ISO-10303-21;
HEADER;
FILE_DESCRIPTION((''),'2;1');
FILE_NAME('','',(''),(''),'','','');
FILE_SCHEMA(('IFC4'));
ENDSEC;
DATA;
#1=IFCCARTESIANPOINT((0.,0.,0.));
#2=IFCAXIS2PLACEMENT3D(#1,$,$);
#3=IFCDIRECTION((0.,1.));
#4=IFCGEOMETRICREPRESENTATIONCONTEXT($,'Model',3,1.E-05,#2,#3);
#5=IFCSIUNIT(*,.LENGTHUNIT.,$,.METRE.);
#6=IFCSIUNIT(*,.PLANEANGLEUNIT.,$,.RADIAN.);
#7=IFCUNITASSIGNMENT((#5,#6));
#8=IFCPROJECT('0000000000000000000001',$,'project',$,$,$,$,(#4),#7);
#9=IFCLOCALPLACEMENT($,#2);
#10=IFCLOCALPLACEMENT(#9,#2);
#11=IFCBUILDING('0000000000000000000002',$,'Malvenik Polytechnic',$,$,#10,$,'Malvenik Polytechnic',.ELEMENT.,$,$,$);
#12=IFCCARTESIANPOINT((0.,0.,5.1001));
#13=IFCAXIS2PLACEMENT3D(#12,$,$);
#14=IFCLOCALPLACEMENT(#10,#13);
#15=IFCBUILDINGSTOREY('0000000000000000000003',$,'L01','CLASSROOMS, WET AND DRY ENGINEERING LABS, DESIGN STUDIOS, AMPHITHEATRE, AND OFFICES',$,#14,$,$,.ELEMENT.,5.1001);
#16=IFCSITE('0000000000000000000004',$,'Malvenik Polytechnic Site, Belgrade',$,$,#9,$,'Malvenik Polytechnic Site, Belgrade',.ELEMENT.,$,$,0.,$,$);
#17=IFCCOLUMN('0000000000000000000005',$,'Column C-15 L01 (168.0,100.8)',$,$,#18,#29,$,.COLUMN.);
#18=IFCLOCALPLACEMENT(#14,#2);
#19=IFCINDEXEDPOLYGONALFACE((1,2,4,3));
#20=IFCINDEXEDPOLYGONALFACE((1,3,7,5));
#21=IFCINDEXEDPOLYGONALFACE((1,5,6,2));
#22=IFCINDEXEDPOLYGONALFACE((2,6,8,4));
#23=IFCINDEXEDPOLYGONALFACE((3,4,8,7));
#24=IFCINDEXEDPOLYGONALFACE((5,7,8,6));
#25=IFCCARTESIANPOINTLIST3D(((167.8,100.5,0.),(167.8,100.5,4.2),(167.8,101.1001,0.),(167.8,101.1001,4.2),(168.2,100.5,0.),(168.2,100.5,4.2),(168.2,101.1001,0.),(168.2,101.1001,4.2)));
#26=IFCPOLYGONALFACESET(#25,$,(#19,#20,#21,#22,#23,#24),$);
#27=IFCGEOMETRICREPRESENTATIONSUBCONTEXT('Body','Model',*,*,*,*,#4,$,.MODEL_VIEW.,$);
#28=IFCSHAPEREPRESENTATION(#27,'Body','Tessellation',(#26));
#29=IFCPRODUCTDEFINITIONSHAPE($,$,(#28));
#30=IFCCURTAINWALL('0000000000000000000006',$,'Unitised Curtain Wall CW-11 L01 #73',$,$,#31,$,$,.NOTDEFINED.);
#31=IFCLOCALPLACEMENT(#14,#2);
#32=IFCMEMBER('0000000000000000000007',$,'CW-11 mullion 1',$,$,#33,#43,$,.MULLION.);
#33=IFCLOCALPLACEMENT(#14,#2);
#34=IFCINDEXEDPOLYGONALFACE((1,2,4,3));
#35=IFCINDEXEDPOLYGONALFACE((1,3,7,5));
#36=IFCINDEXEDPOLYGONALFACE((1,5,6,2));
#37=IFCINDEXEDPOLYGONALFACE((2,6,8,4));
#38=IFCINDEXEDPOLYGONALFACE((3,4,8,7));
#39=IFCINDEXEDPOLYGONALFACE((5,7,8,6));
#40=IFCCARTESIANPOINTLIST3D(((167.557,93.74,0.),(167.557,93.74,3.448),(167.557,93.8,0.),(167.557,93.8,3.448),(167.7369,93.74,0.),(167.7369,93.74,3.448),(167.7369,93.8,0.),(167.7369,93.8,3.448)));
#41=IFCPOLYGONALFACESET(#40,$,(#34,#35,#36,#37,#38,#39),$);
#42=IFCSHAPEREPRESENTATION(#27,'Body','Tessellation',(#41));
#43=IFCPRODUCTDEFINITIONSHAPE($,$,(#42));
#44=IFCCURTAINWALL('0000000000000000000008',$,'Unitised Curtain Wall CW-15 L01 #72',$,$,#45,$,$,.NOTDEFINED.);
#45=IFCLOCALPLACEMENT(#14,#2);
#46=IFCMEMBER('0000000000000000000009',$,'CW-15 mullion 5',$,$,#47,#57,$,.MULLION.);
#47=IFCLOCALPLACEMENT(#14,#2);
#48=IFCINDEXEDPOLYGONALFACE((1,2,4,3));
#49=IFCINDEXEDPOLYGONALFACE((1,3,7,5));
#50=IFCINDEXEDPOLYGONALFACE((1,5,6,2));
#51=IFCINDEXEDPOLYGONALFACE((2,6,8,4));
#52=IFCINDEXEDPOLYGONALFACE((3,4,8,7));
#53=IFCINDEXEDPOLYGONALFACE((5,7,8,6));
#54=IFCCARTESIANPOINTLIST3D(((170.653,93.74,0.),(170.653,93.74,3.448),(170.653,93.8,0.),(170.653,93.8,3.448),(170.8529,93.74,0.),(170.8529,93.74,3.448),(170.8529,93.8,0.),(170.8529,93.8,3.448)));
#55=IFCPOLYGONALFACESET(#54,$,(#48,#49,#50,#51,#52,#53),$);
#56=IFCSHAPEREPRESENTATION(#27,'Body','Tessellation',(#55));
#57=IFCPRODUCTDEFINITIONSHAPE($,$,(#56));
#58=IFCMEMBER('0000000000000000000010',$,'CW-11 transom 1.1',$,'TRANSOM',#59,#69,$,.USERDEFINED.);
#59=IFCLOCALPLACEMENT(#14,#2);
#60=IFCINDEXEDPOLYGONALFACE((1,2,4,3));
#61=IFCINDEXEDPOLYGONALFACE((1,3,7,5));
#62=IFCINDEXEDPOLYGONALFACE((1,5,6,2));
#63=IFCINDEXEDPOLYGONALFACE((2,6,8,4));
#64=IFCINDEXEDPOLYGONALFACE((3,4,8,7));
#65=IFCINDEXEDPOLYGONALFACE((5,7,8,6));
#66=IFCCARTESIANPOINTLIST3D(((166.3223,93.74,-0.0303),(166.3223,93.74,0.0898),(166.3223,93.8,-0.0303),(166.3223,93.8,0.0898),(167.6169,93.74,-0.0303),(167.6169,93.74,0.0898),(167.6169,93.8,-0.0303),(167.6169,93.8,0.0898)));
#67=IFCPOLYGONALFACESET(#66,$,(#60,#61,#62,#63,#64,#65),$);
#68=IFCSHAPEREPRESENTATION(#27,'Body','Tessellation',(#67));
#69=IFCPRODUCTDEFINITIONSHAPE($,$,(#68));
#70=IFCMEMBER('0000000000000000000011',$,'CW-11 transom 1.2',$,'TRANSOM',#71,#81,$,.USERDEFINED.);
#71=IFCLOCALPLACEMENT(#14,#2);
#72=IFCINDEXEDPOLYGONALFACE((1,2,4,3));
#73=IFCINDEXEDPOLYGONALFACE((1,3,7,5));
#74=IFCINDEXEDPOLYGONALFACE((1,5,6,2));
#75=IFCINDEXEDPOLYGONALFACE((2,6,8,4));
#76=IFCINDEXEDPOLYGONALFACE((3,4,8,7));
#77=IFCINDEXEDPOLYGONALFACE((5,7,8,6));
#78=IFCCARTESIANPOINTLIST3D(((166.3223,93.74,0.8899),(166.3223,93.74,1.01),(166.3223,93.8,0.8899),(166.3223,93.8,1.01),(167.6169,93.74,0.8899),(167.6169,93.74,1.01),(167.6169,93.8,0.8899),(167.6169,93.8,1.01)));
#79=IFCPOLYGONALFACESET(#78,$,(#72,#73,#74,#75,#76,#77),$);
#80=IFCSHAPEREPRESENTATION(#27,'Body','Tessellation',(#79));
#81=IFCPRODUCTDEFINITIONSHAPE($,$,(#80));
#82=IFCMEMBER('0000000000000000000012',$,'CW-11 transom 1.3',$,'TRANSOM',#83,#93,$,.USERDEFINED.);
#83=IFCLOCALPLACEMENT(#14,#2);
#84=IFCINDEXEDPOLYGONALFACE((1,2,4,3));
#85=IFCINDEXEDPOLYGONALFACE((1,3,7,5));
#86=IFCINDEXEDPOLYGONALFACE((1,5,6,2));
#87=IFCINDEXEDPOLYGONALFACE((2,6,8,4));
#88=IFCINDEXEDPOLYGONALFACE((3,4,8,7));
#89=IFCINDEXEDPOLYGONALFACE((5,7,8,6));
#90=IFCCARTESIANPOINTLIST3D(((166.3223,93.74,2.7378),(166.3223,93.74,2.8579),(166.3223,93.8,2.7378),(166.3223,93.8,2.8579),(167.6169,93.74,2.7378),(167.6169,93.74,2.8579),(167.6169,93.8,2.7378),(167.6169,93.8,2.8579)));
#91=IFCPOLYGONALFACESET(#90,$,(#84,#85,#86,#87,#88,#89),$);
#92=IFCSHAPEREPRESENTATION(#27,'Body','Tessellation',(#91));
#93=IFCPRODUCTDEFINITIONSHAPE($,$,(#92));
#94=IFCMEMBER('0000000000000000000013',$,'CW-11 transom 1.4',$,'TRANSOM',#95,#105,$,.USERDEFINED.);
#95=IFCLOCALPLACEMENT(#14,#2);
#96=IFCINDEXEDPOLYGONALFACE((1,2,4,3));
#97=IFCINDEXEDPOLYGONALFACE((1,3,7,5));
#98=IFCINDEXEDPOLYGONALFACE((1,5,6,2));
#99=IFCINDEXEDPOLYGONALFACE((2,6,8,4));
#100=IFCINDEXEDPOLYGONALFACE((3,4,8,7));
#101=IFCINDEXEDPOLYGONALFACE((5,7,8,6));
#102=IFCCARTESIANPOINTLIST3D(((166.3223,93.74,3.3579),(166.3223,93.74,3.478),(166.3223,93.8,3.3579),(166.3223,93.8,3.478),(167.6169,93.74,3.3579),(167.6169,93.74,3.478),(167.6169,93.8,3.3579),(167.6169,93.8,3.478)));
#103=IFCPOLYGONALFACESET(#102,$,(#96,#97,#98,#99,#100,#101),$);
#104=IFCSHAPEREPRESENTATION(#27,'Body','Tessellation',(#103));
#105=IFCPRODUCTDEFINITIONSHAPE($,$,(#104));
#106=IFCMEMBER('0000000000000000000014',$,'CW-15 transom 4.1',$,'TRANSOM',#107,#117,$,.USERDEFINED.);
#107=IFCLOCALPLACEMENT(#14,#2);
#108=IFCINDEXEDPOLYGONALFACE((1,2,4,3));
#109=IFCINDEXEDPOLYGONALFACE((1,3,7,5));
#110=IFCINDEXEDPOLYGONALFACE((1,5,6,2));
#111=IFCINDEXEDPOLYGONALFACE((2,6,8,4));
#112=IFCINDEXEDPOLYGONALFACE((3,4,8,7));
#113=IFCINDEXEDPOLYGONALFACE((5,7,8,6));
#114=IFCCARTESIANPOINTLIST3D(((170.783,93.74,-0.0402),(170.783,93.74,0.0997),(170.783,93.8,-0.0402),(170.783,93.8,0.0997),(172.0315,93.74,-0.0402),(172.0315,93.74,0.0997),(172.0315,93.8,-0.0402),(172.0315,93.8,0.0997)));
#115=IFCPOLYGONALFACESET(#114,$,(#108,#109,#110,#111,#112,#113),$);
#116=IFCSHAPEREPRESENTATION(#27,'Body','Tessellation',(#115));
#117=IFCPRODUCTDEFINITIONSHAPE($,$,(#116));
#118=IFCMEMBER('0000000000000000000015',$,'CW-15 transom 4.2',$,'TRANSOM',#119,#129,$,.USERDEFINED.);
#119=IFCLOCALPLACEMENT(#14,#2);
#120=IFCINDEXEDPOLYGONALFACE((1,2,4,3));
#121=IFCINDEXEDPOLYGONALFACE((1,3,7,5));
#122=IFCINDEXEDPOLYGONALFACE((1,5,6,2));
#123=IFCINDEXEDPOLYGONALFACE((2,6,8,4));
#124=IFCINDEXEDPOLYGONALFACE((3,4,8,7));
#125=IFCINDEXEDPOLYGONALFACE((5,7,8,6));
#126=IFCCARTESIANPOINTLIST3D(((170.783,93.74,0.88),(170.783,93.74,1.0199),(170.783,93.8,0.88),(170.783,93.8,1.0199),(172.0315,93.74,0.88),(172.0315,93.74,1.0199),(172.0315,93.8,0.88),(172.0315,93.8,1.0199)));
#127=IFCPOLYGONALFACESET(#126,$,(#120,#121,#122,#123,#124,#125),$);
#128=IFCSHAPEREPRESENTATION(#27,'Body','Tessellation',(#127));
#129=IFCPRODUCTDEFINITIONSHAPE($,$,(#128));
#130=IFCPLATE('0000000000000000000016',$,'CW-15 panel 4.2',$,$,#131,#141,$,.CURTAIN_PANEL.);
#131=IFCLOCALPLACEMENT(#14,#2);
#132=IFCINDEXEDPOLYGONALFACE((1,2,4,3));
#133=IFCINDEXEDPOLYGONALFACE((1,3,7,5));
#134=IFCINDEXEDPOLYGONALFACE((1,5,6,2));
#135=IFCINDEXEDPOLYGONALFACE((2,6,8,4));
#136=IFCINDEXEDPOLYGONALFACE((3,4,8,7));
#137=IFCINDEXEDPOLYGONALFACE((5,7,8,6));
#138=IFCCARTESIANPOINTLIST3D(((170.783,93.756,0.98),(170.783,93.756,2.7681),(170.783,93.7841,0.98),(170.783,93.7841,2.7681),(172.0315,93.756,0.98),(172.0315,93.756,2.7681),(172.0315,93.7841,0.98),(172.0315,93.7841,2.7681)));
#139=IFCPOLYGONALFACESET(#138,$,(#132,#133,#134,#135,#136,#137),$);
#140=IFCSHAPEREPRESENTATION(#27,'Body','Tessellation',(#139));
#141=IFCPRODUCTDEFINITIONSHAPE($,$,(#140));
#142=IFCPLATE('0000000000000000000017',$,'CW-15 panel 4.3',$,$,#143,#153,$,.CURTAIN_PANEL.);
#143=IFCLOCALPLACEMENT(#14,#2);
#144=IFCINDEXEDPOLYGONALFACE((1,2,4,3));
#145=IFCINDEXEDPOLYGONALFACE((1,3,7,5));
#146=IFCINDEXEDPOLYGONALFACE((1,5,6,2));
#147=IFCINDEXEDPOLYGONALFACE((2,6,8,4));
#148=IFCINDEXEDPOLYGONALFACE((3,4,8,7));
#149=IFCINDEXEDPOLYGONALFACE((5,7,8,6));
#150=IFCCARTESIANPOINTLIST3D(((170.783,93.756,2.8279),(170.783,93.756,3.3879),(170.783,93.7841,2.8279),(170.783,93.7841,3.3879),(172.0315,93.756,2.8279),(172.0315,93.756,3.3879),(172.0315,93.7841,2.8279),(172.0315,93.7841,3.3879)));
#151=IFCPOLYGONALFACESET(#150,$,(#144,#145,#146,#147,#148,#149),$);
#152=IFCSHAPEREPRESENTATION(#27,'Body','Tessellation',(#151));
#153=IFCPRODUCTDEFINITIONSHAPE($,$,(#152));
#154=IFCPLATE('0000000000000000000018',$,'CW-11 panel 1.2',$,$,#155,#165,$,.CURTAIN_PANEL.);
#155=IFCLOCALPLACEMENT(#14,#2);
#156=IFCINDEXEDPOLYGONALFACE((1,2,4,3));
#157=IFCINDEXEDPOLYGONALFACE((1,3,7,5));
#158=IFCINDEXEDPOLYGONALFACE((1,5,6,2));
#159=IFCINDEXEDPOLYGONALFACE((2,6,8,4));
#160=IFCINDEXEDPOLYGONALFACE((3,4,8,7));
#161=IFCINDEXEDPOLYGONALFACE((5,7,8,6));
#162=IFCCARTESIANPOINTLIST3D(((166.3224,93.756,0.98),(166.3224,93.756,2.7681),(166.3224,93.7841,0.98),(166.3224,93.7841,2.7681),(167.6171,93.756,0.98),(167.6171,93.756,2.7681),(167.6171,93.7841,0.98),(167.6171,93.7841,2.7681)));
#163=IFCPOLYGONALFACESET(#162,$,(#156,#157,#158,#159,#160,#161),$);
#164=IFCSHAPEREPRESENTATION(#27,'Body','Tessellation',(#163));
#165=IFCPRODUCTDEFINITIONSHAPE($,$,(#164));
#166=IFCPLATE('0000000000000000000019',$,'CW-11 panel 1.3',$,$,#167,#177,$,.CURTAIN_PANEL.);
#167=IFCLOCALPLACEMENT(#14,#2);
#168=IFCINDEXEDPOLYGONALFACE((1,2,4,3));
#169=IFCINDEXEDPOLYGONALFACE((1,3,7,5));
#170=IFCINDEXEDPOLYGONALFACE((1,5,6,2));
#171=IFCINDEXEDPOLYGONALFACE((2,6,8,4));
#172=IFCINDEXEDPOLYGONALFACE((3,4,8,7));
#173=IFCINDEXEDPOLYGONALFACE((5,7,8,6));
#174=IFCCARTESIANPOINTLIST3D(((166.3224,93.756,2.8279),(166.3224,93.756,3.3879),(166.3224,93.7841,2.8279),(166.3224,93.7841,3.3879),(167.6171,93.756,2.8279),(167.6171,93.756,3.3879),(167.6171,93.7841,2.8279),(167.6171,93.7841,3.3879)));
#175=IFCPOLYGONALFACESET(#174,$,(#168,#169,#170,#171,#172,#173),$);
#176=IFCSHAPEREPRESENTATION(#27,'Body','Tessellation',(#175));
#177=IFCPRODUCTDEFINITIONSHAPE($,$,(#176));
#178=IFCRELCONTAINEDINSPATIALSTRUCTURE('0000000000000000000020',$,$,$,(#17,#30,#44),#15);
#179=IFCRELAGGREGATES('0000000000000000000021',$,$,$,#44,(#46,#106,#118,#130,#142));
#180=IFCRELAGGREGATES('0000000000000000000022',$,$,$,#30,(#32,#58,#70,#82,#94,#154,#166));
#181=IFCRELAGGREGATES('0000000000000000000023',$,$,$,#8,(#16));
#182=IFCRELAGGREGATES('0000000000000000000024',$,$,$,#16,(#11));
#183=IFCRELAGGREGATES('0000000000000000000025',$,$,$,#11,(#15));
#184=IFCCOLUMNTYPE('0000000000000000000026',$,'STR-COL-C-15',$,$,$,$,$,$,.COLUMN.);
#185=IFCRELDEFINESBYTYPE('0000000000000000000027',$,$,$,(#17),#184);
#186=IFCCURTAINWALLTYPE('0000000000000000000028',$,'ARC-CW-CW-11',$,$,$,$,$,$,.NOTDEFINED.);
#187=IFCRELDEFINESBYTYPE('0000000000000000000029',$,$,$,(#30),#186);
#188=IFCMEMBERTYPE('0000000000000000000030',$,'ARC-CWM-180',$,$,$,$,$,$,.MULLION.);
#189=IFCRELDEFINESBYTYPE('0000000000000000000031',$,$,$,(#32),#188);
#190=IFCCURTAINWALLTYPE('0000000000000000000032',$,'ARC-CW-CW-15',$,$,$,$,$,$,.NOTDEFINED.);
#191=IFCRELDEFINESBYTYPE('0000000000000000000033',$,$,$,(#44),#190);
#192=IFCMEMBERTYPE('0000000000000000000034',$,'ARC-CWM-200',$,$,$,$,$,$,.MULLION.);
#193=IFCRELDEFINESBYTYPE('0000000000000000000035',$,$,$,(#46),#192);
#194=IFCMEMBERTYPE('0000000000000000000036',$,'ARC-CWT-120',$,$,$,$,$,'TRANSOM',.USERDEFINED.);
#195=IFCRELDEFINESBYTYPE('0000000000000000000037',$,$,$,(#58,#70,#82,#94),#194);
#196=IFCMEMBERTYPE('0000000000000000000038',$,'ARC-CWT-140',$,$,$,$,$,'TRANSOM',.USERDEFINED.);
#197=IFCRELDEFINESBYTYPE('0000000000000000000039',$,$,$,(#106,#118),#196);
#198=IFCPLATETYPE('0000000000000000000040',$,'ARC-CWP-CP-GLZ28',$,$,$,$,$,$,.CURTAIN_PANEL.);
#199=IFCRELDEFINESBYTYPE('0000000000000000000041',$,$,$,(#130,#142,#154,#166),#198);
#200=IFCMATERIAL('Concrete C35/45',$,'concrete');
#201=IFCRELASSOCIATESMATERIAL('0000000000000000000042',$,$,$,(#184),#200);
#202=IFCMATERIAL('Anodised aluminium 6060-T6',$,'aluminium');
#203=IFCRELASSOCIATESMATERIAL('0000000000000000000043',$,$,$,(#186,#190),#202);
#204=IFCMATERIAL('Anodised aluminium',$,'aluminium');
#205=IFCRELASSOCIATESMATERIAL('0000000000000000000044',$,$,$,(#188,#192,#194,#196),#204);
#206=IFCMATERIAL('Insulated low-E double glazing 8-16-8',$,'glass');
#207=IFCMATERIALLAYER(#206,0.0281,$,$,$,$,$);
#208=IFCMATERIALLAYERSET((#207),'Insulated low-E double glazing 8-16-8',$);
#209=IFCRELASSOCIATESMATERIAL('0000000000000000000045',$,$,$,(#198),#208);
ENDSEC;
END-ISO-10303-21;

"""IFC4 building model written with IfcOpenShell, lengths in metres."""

from ifc_helpers import new_model, si_unit, direction, frame, origin, origin_2d, place, context, subcontext, project, spatial, rectangle, extrude, material, layer, layer_set, material_profile, profile_set, type_object, element, aggregate, save


model = new_model("IFC4")

# Units and contexts
model_context = context("Model", 3, precision=1e-05, world=origin(), true_north=direction((0.0, 1.0)))
body_context = subcontext(model_context, "Body", "Model", "MODEL_VIEW")
ifc_project = project(units=[si_unit("LENGTHUNIT", "METRE"), si_unit("PLANEANGLEUNIT", "RADIAN")], contexts=[model_context])

# Site, building, storey
site_placement = place(None, origin())
site = spatial("IfcSite", under=ifc_project, at=site_placement, Name="Malvenik Polytechnic Site, Belgrade", LongName="Malvenik Polytechnic Site, Belgrade", CompositionType="ELEMENT", RefElevation=0.0)
building_placement = place(site_placement, origin())
building = spatial("IfcBuilding", under=site, at=building_placement, Name="Malvenik Polytechnic", LongName="Malvenik Polytechnic", CompositionType="ELEMENT")
storey_placement = place(building_placement, frame((0.0, 0.0, 5.1001)))
storey = spatial("IfcBuildingStorey", under=building, at=storey_placement, Name="L01", Description="CLASSROOMS, WET AND DRY ENGINEERING LABS, DESIGN STUDIOS, AMPHITHEATRE, AND OFFICES", CompositionType="ELEMENT", Elevation=5.1001)

# Column
ifc_material_1 = material(Name="Concrete C35/45", Category="concrete")
ifc_material_profile_1 = material_profile(ifc_material_1, rectangle(XDim=0.3999, YDim=0.6001, at=origin_2d()), Name="RC COL 600x400")
ifc_profile_set_1 = profile_set([ifc_material_profile_1], Name="Concrete C35/45")
column_type = type_object("IfcColumnType", Name="STR-COL-C-15", PredefinedType="COLUMN", material=ifc_profile_set_1)
column_placement = place(storey_placement, frame((168.0, 100.8, 0.0), z_axis=(0.0, 0.0, 1.0), x_axis=(1.0, 0.0, 0.0)))
element("IfcColumn", 1, at=column_placement, inside=storey, type_object=column_type, Name="Column C-15 L01 (168.0,100.8)", PredefinedType="COLUMN", context=body_context, shape_type="SweptSolid", body=[
    extrude(rectangle(XDim=0.3999, YDim=0.6001, at=origin_2d()), origin(), (0.0, 0.0, 1.0), 4.2),
])

# Curtain walls, members
ifc_material_2 = material(Name="Anodised aluminium 6060-T6", Category="aluminium")
curtain_wall_type_1 = type_object("IfcCurtainWallType", Name="ARC-CW-CW-11", PredefinedType="NOTDEFINED", material=ifc_material_2)
curtain_wall_1_placement = place(storey_placement, origin())
curtain_wall_1 = element("IfcCurtainWall", 2, at=curtain_wall_1_placement, inside=storey, type_object=curtain_wall_type_1, Name="Unitised Curtain Wall CW-11 L01 #73", PredefinedType="NOTDEFINED")
ifc_material_3 = material(Name="Anodised aluminium", Category="aluminium")
ifc_material_profile_2 = material_profile(ifc_material_3, rectangle(XDim=0.0601, YDim=0.1799, at=origin_2d()), Name="ALU MULLION 60x180")
ifc_profile_set_2 = profile_set([ifc_material_profile_2], Name="Anodised aluminium")
member_type_1 = type_object("IfcMemberType", Name="ARC-CWM-180", PredefinedType="MULLION", material=ifc_profile_set_2)
member_1_placement = place(storey_placement, frame((167.647, 93.77, 0.0), z_axis=(0.0, 0.0, 1.0), x_axis=(0.0, -1.0, 0.0)))
member_1 = element("IfcMember", 3, at=member_1_placement, type_object=member_type_1, Name="CW-11 mullion 1", PredefinedType="MULLION", context=body_context, shape_type="SweptSolid", body=[
    extrude(rectangle(XDim=0.0601, YDim=0.1799, at=origin_2d()), origin(), (0.0, 0.0, 1.0), 3.448),
])
curtain_wall_type_2 = type_object("IfcCurtainWallType", Name="ARC-CW-CW-15", PredefinedType="NOTDEFINED", material=ifc_material_2)
curtain_wall_2_placement = place(storey_placement, origin())
curtain_wall_2 = element("IfcCurtainWall", 4, at=curtain_wall_2_placement, inside=storey, type_object=curtain_wall_type_2, Name="Unitised Curtain Wall CW-15 L01 #72", PredefinedType="NOTDEFINED")
ifc_material_profile_3 = material_profile(ifc_material_3, rectangle(XDim=0.0601, YDim=0.2, at=origin_2d()), Name="ALU MULLION 60x200")
ifc_profile_set_3 = profile_set([ifc_material_profile_3], Name="Anodised aluminium")
member_type_2 = type_object("IfcMemberType", Name="ARC-CWM-200", PredefinedType="MULLION", material=ifc_profile_set_3)
member_2_placement = place(storey_placement, frame((170.7529, 93.77, 0.0), z_axis=(0.0, 0.0, 1.0), x_axis=(0.0, -1.0, 0.0)))
member_2 = element("IfcMember", 5, at=member_2_placement, type_object=member_type_2, Name="CW-15 mullion 5", PredefinedType="MULLION", context=body_context, shape_type="SweptSolid", body=[
    extrude(rectangle(XDim=0.0601, YDim=0.2, at=origin_2d()), origin(), (0.0, 0.0, 1.0), 3.448),
])

# Members
ifc_material_profile_4 = material_profile(ifc_material_3, rectangle(XDim=0.0601, YDim=0.1201, at=origin_2d()), Name="ALU TRANSOM 60x120")
ifc_profile_set_4 = profile_set([ifc_material_profile_4], Name="Anodised aluminium")
member_type_3 = type_object("IfcMemberType", Name="ARC-CWT-120", ElementType="TRANSOM", PredefinedType="USERDEFINED", material=ifc_profile_set_4)
member_3_placement = place(storey_placement, frame((167.6169, 93.77, 0.0298), z_axis=(-1.0, 0.0, 0.0), x_axis=(0.0, -1.0, 0.0)))
member_3 = element("IfcMember", 6, at=member_3_placement, type_object=member_type_3, Name="CW-11 transom 1.1", ObjectType="TRANSOM", PredefinedType="USERDEFINED", context=body_context, shape_type="SweptSolid", body=[
    extrude(rectangle(XDim=0.0601, YDim=0.1201, at=origin_2d()), origin(), (0.0, 0.0, 1.0), 1.2947),
])
member_4_placement = place(storey_placement, frame((167.6169, 93.77, 0.95), z_axis=(-1.0, 0.0, 0.0), x_axis=(0.0, -1.0, 0.0)))
member_4 = element("IfcMember", 7, at=member_4_placement, type_object=member_type_3, Name="CW-11 transom 1.2", ObjectType="TRANSOM", PredefinedType="USERDEFINED", context=body_context, shape_type="SweptSolid", body=[
    extrude(rectangle(XDim=0.0601, YDim=0.1201, at=origin_2d()), origin(), (0.0, 0.0, 1.0), 1.2947),
])
member_5_placement = place(storey_placement, frame((167.6169, 93.77, 2.7979), z_axis=(-1.0, 0.0, 0.0), x_axis=(0.0, -1.0, 0.0)))
member_5 = element("IfcMember", 8, at=member_5_placement, type_object=member_type_3, Name="CW-11 transom 1.3", ObjectType="TRANSOM", PredefinedType="USERDEFINED", context=body_context, shape_type="SweptSolid", body=[
    extrude(rectangle(XDim=0.0601, YDim=0.1201, at=origin_2d()), origin(), (0.0, 0.0, 1.0), 1.2947),
])
member_6_placement = place(storey_placement, frame((167.6169, 93.77, 3.418), z_axis=(-1.0, 0.0, 0.0), x_axis=(0.0, -1.0, 0.0)))
member_6 = element("IfcMember", 9, at=member_6_placement, type_object=member_type_3, Name="CW-11 transom 1.4", ObjectType="TRANSOM", PredefinedType="USERDEFINED", context=body_context, shape_type="SweptSolid", body=[
    extrude(rectangle(XDim=0.0601, YDim=0.1201, at=origin_2d()), origin(), (0.0, 0.0, 1.0), 1.2947),
])
ifc_material_profile_5 = material_profile(ifc_material_3, rectangle(XDim=0.0601, YDim=0.1399, at=origin_2d()), Name="ALU TRANSOM 60x140")
ifc_profile_set_5 = profile_set([ifc_material_profile_5], Name="Anodised aluminium")
member_type_4 = type_object("IfcMemberType", Name="ARC-CWT-140", ElementType="TRANSOM", PredefinedType="USERDEFINED", material=ifc_profile_set_5)
member_7_placement = place(storey_placement, frame((172.0315, 93.77, 0.0298), z_axis=(-1.0, 0.0, 0.0), x_axis=(0.0, -1.0, 0.0)))
member_7 = element("IfcMember", 10, at=member_7_placement, type_object=member_type_4, Name="CW-15 transom 4.1", ObjectType="TRANSOM", PredefinedType="USERDEFINED", context=body_context, shape_type="SweptSolid", body=[
    extrude(rectangle(XDim=0.0601, YDim=0.1399, at=origin_2d()), origin(), (0.0, 0.0, 1.0), 1.2485),
])
member_8_placement = place(storey_placement, frame((172.0315, 93.77, 0.95), z_axis=(-1.0, 0.0, 0.0), x_axis=(0.0, -1.0, 0.0)))
member_8 = element("IfcMember", 11, at=member_8_placement, type_object=member_type_4, Name="CW-15 transom 4.2", ObjectType="TRANSOM", PredefinedType="USERDEFINED", context=body_context, shape_type="SweptSolid", body=[
    extrude(rectangle(XDim=0.0601, YDim=0.1399, at=origin_2d()), origin(), (0.0, 0.0, 1.0), 1.2485),
])

# Plates
ifc_material_4 = material(Name="Insulated low-E double glazing 8-16-8", Category="glass")
ifc_layer_1 = layer(ifc_material_4, 0.0281)
ifc_layer_set_1 = layer_set([ifc_layer_1], Name="Insulated low-E double glazing 8-16-8")
plate_type_1 = type_object("IfcPlateType", Name="ARC-CWP-CP-GLZ28", PredefinedType="CURTAIN_PANEL", material=ifc_layer_set_1)
plate_1_placement = place(storey_placement, frame((171.4072, 93.77, 0.98), z_axis=(0.0, 0.0, 1.0), x_axis=(-1.0, 0.0, 0.0)))
plate_1 = element("IfcPlate", 12, at=plate_1_placement, type_object=plate_type_1, Name="CW-15 panel 4.2", PredefinedType="CURTAIN_PANEL", context=body_context, shape_type="SweptSolid", body=[
    extrude(rectangle(XDim=1.2485, YDim=0.0281, at=origin_2d()), origin(), (0.0, 0.0, 1.0), 1.7881),
])
plate_2_placement = place(storey_placement, frame((171.4072, 93.77, 2.8279), z_axis=(0.0, 0.0, 1.0), x_axis=(-1.0, 0.0, 0.0)))
plate_2 = element("IfcPlate", 13, at=plate_2_placement, type_object=plate_type_1, Name="CW-15 panel 4.3", PredefinedType="CURTAIN_PANEL", context=body_context, shape_type="SweptSolid", body=[
    extrude(rectangle(XDim=1.2485, YDim=0.0281, at=origin_2d()), origin(), (0.0, 0.0, 1.0), 0.5601),
])
plate_3_placement = place(storey_placement, frame((166.9697, 93.77, 0.98), z_axis=(0.0, 0.0, 1.0), x_axis=(-1.0, 0.0, 0.0)))
plate_3 = element("IfcPlate", 14, at=plate_3_placement, type_object=plate_type_1, Name="CW-11 panel 1.2", PredefinedType="CURTAIN_PANEL", context=body_context, shape_type="SweptSolid", body=[
    extrude(rectangle(XDim=1.2947, YDim=0.0281, at=origin_2d()), origin(), (0.0, 0.0, 1.0), 1.7881),
])
plate_4_placement = place(storey_placement, frame((166.9697, 93.77, 2.8279), z_axis=(0.0, 0.0, 1.0), x_axis=(-1.0, 0.0, 0.0)))
plate_4 = element("IfcPlate", 15, at=plate_4_placement, type_object=plate_type_1, Name="CW-11 panel 1.3", PredefinedType="CURTAIN_PANEL", context=body_context, shape_type="SweptSolid", body=[
    extrude(rectangle(XDim=1.2947, YDim=0.0281, at=origin_2d()), origin(), (0.0, 0.0, 1.0), 0.5601),
])
aggregate(curtain_wall_2, [member_2, member_7, member_8, plate_1, plate_2])
aggregate(curtain_wall_1, [member_1, member_3, member_4, member_5, member_6, plate_3, plate_4])

save(model, "model.ifc")
